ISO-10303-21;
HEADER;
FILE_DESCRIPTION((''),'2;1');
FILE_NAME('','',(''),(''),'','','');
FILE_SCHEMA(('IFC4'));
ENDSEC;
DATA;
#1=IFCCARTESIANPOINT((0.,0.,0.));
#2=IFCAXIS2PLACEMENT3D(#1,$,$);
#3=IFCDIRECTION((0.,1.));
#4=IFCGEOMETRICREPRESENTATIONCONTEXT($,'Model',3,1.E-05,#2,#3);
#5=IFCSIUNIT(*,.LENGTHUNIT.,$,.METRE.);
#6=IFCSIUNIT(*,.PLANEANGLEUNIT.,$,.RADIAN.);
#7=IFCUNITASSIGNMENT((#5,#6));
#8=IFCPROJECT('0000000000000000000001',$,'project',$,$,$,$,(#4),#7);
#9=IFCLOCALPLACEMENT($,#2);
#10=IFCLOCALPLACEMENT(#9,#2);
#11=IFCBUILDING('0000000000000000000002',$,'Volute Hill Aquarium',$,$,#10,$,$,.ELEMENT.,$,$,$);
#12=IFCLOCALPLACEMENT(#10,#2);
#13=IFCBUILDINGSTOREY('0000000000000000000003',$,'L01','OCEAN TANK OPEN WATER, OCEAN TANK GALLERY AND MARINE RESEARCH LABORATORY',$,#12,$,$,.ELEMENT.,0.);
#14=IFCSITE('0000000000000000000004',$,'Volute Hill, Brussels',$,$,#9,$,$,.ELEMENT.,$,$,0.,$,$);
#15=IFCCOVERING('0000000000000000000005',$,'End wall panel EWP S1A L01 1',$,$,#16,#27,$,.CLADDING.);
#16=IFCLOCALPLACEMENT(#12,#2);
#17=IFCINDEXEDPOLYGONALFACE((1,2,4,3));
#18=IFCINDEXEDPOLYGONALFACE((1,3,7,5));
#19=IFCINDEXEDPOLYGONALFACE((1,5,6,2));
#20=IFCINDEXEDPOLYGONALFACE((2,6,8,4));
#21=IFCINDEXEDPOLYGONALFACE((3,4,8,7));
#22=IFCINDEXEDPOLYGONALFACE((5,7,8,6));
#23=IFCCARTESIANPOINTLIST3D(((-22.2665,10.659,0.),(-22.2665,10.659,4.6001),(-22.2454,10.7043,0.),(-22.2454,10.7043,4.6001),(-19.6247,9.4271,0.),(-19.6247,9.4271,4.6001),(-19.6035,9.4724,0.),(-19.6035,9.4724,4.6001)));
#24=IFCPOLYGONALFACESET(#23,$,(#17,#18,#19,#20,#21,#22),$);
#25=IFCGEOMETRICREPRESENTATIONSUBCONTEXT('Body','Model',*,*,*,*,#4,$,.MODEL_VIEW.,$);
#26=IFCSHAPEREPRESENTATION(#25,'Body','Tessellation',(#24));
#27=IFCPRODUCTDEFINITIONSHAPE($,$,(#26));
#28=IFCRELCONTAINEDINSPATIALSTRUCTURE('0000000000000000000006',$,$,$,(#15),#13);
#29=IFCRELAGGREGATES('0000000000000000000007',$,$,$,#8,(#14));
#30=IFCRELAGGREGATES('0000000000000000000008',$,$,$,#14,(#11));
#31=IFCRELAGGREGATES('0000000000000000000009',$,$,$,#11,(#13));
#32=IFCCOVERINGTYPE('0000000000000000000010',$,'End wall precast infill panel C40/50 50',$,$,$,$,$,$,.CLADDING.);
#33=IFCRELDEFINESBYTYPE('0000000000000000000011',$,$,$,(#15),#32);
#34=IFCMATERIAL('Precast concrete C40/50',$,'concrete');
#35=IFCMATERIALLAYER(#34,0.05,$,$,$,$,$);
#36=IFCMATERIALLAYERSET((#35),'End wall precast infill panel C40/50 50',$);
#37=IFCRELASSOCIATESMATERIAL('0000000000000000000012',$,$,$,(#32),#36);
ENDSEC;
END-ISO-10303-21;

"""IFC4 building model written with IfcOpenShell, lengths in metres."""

from ifc_helpers import new_model, si_unit, direction, frame, origin, place, context, subcontext, project, spatial, polyline, outline, extrude, material, layer, layer_set, type_object, element, save


model = new_model("IFC4")

# Units and contexts
model_context = context("Model", 3, precision=1e-05, world=origin(), true_north=direction((0.0, 1.0)))
body_context = subcontext(model_context, "Body", "Model", "MODEL_VIEW")
ifc_project = project(units=[si_unit("LENGTHUNIT", "METRE"), si_unit("PLANEANGLEUNIT", "RADIAN")], contexts=[model_context])

# Site, building, storey
site_placement = place(None, origin())
site = spatial("IfcSite", under=ifc_project, at=site_placement, Name="Volute Hill, Brussels", CompositionType="ELEMENT", RefElevation=0.0)
building_placement = place(site_placement, origin())
building = spatial("IfcBuilding", under=site, at=building_placement, Name="Volute Hill Aquarium", CompositionType="ELEMENT")
storey_placement = place(building_placement, origin())
storey = spatial("IfcBuildingStorey", under=building, at=storey_placement, Name="L01", Description="OCEAN TANK OPEN WATER, OCEAN TANK GALLERY AND MARINE RESEARCH LABORATORY", CompositionType="ELEMENT", Elevation=0.0)

# Covering
ifc_material_1 = material(Name="Precast concrete C40/50", Category="concrete")
ifc_layer_1 = layer(ifc_material_1, 0.05)
ifc_layer_set_1 = layer_set([ifc_layer_1], Name="End wall precast infill panel C40/50 50")
covering_type_1 = type_object("IfcCoveringType", Name="End wall precast infill panel C40/50 50", PredefinedType="CLADDING", material=ifc_layer_set_1)
covering_1_placement = place(storey_placement, frame((-19.6035, 9.4724, 0.0), z_axis=(0.422624, 0.906305, 0.0), x_axis=(-0.906305, 0.422624, 0.0)))
element("IfcCovering", 1, at=covering_1_placement, inside=storey, type_object=covering_type_1, Name="End wall panel EWP S1A L01 1", PredefinedType="CLADDING", context=body_context, shape_type="SweptSolid", body=[
    extrude(outline(polyline([(0.0, 0.0), (2.915, 0.0), (2.915, 4.6001), (0.0, 4.6001), (0.0, 0.0)])), origin(), (0.0, 0.0, -1.0), 0.05),
])

save(model, "model.ifc")
